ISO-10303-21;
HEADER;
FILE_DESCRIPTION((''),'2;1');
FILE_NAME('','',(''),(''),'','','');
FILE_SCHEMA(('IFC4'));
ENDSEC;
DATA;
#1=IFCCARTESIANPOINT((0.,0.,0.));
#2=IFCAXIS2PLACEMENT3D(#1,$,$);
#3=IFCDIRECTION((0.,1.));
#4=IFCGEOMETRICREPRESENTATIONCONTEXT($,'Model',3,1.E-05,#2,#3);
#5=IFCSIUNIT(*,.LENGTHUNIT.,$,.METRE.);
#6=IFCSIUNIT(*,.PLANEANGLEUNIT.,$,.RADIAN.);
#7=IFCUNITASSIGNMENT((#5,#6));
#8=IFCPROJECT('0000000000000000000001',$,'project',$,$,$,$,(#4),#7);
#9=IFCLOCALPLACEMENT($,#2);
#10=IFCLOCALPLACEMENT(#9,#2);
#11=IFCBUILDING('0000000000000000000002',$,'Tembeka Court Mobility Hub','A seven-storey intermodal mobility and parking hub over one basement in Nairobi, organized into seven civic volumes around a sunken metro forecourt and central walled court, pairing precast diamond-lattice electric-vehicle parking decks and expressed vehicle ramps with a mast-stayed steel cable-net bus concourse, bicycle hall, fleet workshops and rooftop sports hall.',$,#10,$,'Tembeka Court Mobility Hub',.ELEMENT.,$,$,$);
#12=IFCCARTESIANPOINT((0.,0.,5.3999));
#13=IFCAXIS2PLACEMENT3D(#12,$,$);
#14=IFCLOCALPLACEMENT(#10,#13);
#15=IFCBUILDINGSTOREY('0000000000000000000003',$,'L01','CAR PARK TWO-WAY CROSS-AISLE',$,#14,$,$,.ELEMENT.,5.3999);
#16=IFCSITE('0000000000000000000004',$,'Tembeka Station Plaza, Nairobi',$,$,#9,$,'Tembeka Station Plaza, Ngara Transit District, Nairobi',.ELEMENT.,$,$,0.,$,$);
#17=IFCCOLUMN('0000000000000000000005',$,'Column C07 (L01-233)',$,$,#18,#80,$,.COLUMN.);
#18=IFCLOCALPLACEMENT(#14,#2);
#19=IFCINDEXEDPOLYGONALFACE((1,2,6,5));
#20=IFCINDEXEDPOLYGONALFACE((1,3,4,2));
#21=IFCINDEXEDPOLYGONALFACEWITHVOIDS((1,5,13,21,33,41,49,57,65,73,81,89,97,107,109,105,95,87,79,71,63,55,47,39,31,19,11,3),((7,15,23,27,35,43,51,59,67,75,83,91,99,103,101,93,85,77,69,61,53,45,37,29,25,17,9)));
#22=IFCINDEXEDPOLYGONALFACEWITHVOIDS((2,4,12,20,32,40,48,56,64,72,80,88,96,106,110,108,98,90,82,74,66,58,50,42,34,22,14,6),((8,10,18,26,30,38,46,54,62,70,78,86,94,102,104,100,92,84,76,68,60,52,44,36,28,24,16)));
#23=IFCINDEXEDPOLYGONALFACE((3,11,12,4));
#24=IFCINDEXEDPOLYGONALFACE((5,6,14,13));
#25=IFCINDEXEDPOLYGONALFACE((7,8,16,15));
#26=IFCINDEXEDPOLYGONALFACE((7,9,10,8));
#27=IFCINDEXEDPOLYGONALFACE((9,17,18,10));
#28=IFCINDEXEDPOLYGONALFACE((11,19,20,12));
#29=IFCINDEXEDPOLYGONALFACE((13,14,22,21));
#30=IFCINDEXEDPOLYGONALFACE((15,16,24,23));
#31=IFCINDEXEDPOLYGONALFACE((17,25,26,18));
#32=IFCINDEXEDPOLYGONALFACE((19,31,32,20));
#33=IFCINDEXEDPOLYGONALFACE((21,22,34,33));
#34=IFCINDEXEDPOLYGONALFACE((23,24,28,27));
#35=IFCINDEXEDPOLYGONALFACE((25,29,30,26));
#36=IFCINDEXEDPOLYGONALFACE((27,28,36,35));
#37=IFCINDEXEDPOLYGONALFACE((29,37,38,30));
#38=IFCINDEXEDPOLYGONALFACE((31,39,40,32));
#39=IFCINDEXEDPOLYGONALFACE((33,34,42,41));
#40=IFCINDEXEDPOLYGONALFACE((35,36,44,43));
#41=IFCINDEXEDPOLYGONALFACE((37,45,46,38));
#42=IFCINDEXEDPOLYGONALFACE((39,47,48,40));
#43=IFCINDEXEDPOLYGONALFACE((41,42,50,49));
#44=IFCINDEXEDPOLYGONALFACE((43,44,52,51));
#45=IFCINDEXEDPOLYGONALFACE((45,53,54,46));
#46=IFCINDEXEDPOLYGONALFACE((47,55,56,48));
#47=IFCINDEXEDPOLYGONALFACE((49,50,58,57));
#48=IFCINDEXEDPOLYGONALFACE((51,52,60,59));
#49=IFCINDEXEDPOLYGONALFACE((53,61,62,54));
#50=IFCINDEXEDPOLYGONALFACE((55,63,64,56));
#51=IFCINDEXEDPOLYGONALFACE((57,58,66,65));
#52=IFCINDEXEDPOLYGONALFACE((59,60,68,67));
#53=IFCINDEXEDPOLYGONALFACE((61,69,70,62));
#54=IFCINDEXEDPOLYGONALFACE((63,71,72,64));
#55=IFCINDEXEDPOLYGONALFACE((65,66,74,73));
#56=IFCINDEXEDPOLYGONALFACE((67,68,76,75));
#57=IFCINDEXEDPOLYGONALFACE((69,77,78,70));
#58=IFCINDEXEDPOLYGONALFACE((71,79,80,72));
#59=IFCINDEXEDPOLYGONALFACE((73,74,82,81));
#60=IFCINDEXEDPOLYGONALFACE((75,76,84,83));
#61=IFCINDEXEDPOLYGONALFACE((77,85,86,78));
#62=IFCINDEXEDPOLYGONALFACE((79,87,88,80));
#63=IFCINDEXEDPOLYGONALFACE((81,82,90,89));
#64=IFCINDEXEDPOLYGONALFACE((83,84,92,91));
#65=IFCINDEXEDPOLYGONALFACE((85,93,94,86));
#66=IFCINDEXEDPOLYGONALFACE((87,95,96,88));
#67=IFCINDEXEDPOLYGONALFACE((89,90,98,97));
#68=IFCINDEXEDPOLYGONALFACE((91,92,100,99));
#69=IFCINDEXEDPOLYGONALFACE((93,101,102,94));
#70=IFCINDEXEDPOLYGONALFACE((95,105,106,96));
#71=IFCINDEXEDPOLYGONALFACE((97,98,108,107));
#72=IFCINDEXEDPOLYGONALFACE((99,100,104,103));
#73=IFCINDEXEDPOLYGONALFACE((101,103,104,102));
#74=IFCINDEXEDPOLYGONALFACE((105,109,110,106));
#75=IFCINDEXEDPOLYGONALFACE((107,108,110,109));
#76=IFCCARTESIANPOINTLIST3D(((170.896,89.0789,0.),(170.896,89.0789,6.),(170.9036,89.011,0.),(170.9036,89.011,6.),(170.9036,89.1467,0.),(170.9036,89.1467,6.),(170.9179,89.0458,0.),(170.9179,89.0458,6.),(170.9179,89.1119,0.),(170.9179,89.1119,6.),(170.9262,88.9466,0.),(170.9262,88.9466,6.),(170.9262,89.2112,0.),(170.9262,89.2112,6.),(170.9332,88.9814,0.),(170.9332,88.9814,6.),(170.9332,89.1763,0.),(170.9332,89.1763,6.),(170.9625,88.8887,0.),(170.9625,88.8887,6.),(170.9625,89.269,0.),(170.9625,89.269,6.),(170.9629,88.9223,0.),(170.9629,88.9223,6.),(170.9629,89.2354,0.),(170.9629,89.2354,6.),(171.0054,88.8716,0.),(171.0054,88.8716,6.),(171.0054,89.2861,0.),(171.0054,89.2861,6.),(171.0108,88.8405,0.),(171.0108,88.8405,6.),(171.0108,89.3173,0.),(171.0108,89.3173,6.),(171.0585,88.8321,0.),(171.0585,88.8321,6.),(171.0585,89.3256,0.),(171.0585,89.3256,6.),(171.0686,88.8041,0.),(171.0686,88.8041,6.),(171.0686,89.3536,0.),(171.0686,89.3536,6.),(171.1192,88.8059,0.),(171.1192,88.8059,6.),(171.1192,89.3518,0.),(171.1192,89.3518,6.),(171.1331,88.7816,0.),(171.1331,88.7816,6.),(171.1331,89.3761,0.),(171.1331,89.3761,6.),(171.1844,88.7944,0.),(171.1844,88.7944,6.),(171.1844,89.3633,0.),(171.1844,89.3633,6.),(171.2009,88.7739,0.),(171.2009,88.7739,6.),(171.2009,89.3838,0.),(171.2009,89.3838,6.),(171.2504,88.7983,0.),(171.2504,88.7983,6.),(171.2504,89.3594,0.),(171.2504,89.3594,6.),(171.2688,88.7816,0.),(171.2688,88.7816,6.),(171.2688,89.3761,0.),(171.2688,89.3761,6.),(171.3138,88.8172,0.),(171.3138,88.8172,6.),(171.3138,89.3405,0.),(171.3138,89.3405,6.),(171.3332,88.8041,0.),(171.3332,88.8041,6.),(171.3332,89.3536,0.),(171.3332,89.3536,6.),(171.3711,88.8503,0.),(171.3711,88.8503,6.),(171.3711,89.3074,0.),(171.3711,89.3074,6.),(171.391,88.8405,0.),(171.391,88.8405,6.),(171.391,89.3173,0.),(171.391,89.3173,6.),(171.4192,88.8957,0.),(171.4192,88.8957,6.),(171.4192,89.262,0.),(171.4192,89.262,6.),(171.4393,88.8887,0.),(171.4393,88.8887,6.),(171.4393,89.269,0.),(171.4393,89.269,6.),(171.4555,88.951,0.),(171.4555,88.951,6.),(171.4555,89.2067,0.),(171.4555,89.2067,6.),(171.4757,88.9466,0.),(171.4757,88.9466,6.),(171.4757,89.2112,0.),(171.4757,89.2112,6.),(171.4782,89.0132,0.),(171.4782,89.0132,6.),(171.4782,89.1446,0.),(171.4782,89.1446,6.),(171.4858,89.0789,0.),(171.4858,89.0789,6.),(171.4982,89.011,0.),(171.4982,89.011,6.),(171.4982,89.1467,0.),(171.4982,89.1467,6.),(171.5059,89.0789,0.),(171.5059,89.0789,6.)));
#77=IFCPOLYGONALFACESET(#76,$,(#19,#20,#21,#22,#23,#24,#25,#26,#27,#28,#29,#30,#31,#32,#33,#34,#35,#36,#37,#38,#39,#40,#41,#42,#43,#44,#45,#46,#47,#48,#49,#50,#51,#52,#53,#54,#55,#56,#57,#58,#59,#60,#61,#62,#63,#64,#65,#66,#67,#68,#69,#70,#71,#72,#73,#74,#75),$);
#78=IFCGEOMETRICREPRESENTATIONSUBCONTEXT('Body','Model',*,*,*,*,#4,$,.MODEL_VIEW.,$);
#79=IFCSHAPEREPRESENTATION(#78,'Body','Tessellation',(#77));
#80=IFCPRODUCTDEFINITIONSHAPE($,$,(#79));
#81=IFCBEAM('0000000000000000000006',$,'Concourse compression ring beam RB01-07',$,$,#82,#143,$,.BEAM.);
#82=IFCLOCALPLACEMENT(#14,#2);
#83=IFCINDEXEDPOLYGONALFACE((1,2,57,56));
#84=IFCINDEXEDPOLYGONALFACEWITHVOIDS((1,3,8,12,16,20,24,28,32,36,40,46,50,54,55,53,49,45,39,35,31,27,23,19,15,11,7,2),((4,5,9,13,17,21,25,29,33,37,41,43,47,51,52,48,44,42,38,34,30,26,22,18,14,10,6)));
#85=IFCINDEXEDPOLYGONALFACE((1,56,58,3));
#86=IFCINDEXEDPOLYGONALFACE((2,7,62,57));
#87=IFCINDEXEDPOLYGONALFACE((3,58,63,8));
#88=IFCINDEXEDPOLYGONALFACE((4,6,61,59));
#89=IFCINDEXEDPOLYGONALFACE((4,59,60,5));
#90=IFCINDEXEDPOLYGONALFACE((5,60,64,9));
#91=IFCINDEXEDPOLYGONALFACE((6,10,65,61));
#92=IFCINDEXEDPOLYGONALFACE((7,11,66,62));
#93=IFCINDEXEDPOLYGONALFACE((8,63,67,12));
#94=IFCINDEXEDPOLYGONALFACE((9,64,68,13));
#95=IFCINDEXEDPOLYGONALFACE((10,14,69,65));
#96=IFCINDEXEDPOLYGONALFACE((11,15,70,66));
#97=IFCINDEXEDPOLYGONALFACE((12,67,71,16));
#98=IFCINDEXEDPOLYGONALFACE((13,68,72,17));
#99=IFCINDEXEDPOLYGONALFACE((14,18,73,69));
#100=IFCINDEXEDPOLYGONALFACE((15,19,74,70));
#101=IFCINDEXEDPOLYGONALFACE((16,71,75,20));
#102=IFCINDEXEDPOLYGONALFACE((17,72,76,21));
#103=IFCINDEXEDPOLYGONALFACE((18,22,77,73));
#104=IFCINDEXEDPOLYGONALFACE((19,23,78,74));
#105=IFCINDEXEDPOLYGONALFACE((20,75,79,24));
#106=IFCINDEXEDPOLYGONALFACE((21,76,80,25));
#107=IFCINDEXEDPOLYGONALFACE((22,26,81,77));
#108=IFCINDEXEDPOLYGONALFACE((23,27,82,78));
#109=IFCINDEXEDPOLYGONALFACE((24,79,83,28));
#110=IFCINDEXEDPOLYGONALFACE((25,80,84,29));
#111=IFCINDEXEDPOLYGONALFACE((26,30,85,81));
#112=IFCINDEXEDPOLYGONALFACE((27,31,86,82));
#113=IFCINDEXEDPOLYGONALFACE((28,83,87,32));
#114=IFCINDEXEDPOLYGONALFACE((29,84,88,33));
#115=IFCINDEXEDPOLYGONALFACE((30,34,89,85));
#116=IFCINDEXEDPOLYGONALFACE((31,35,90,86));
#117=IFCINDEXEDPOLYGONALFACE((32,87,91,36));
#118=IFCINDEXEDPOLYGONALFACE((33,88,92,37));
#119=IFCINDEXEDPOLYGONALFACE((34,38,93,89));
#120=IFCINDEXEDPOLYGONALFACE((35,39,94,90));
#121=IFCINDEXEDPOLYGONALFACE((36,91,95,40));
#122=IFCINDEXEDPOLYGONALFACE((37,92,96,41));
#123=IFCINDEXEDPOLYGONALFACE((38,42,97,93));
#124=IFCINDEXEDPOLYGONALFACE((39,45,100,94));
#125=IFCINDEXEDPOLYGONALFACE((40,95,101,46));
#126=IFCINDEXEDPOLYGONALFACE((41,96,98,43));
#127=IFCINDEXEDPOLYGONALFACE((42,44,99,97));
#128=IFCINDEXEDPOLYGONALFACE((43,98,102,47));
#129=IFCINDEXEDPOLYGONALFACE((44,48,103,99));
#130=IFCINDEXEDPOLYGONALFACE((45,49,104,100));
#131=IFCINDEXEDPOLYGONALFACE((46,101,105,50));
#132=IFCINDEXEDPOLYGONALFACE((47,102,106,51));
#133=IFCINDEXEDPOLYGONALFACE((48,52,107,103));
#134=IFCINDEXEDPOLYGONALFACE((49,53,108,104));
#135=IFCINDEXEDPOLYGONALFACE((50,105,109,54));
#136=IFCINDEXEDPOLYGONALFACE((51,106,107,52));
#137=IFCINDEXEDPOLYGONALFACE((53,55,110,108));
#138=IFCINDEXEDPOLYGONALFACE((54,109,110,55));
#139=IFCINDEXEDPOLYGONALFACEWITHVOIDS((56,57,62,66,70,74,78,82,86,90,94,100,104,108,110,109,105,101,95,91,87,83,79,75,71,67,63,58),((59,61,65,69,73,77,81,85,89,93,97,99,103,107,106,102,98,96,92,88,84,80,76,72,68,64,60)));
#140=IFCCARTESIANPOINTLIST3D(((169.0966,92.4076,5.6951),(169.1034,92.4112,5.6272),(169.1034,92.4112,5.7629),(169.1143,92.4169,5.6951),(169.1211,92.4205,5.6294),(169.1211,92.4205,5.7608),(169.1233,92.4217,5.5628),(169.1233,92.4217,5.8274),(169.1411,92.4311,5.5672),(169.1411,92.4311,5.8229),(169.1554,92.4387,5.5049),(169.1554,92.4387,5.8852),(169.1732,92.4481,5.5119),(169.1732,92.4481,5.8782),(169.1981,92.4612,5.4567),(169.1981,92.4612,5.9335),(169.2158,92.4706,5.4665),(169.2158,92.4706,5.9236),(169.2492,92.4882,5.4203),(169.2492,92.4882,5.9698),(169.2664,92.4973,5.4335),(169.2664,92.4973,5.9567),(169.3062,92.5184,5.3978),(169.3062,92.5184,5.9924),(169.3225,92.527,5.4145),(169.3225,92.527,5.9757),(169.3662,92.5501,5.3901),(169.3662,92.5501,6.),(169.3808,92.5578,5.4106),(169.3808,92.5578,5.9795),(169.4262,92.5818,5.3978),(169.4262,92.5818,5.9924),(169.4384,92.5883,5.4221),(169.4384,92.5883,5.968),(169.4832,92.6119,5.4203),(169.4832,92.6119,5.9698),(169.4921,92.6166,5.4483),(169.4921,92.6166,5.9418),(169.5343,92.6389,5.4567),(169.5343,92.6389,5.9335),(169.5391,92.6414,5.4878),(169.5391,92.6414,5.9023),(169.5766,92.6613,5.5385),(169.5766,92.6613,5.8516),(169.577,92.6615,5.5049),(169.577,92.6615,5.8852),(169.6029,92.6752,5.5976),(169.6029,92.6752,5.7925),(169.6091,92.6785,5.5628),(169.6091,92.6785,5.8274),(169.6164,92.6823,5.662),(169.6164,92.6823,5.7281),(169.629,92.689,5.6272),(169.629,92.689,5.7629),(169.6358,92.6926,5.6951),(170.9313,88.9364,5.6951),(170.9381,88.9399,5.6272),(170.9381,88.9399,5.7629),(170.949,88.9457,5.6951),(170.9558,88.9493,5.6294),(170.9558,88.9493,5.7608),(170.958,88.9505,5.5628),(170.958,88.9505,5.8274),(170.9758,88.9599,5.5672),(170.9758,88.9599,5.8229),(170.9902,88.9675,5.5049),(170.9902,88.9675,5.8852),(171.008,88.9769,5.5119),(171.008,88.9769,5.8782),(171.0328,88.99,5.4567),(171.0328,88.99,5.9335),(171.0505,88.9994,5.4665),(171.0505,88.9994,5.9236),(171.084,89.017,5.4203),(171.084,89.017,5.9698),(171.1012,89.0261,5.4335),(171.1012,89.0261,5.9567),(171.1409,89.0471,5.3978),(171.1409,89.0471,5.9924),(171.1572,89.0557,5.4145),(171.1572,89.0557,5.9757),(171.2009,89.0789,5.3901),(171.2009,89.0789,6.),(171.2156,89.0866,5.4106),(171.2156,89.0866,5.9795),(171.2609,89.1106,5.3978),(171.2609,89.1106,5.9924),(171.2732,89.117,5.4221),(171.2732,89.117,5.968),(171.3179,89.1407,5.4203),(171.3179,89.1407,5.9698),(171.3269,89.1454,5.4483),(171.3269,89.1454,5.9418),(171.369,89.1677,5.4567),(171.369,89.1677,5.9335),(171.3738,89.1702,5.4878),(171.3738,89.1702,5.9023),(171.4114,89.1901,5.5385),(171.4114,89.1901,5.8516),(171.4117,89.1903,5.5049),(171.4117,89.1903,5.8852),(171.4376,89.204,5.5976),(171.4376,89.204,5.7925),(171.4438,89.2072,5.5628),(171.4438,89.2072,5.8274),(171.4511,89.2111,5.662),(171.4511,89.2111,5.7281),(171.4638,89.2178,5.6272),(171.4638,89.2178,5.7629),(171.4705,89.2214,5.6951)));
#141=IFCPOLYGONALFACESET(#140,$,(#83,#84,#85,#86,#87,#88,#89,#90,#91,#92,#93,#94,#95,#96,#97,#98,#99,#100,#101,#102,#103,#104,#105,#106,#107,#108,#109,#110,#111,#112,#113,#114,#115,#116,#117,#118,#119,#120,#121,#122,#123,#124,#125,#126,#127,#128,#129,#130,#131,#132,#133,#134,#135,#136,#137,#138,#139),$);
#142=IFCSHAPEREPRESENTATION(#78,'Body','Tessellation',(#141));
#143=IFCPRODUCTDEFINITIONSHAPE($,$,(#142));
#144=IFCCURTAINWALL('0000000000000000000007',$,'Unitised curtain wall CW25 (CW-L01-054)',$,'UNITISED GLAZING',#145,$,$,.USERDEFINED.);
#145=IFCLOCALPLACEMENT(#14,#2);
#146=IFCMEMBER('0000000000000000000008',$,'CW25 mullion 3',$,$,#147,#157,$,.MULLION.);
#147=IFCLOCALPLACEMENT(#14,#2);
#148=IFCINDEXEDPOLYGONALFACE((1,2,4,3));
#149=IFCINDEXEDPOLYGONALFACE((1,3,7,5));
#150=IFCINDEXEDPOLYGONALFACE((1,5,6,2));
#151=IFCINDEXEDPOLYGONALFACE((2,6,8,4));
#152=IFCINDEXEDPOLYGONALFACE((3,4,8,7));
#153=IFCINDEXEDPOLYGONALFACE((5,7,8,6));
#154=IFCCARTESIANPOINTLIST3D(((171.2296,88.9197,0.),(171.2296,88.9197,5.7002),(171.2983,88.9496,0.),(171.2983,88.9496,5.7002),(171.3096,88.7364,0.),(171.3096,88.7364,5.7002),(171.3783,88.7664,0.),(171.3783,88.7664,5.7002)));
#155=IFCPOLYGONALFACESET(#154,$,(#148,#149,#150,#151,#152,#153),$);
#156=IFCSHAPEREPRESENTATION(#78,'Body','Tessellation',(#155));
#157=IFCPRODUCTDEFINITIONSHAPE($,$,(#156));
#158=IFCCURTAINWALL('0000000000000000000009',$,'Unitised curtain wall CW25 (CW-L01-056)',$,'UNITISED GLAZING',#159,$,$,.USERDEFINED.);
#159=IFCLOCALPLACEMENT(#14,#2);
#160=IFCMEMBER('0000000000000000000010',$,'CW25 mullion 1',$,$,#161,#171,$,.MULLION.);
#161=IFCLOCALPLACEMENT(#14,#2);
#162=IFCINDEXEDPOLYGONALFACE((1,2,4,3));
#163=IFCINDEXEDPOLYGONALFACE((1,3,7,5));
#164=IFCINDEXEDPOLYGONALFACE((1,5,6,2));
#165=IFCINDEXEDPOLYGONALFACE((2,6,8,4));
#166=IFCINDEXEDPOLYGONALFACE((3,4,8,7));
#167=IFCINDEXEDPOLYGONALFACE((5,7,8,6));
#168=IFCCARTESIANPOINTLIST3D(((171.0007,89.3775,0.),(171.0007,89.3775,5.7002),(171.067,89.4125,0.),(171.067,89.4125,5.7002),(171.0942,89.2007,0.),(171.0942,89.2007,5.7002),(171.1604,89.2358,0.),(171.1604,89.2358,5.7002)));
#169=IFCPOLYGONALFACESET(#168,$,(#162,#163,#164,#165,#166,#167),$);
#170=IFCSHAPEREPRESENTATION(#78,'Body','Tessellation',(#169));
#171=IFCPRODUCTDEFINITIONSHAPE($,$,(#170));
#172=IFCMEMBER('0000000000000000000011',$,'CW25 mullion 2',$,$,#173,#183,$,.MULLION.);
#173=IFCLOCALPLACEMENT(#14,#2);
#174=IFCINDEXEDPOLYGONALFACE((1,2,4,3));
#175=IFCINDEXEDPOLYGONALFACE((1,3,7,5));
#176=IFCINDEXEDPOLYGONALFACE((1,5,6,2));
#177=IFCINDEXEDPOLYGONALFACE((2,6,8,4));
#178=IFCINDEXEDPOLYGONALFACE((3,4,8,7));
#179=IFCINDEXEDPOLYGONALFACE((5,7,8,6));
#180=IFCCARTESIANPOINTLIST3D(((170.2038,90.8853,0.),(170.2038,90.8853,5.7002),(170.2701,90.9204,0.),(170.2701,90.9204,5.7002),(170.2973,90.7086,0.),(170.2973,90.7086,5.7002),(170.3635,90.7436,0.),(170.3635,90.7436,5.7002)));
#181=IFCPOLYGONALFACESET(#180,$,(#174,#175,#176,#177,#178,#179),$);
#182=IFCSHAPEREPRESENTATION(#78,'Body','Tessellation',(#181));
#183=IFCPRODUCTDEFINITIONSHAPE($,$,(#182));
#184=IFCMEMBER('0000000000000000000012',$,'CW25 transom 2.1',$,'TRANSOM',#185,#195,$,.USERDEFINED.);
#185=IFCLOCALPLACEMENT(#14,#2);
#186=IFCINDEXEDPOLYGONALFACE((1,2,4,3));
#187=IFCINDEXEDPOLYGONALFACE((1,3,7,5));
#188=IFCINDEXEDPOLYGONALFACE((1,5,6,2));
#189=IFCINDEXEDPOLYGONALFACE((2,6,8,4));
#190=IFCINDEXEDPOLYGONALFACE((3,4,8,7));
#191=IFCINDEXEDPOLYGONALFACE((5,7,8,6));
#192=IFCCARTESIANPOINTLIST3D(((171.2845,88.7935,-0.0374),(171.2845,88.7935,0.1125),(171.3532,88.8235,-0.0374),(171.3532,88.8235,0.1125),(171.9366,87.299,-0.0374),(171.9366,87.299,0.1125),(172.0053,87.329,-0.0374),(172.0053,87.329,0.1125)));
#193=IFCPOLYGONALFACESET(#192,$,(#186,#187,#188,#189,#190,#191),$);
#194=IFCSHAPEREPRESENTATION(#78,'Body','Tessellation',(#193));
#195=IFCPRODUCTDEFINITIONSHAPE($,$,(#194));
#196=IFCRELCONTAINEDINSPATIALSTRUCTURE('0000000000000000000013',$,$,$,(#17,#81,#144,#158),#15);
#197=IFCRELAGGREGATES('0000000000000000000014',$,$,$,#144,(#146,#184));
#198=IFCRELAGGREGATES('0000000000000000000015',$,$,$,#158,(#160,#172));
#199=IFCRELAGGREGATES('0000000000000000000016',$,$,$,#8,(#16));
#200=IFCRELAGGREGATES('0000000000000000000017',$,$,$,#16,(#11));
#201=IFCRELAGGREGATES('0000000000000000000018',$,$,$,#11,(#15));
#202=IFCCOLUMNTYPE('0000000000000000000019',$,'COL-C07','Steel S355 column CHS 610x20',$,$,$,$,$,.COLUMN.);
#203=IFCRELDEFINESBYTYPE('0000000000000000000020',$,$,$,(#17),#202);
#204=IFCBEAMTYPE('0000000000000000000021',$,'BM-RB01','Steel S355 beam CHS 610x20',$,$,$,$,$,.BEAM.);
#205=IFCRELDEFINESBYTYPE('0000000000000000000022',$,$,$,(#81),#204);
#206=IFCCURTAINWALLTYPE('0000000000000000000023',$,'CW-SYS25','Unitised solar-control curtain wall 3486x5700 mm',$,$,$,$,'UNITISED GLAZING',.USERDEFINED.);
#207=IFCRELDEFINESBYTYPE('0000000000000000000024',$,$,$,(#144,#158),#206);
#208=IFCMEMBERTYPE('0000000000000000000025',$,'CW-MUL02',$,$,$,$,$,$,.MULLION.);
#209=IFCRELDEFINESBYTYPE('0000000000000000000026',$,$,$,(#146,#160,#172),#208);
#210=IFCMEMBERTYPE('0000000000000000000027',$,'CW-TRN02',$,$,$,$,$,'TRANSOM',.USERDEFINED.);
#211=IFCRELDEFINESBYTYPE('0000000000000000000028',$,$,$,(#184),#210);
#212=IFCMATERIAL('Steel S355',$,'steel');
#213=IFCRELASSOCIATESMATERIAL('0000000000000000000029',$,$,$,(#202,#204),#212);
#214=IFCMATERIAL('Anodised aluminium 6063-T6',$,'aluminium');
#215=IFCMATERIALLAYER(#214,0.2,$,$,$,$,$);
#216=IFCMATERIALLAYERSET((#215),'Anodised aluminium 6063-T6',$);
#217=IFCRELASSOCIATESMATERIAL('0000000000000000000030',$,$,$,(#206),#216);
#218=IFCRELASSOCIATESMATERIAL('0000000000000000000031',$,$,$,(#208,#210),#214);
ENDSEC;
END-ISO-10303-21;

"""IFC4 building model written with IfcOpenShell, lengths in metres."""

from ifc_helpers import new_model, si_unit, direction, frame, origin, origin_2d, place, context, subcontext, project, spatial, rectangle, hollow_circle, extrude, material, layer, layer_set, material_profile, profile_set, type_object, element, aggregate, save


model = new_model("IFC4")

# Units and contexts
model_context = context("Model", 3, precision=1e-05, world=origin(), true_north=direction((0.0, 1.0)))
body_context = subcontext(model_context, "Body", "Model", "MODEL_VIEW")
ifc_project = project(units=[si_unit("LENGTHUNIT", "METRE"), si_unit("PLANEANGLEUNIT", "RADIAN")], contexts=[model_context])

# Site, building, storey
site_placement = place(None, origin())
site = spatial("IfcSite", under=ifc_project, at=site_placement, Name="Tembeka Station Plaza, Nairobi", LongName="Tembeka Station Plaza, Ngara Transit District, Nairobi", CompositionType="ELEMENT", RefElevation=0.0)
building_placement = place(site_placement, origin())
building = spatial("IfcBuilding", under=site, at=building_placement, Name="Tembeka Court Mobility Hub", Description="A seven-storey intermodal mobility and parking hub over one basement in Nairobi, organized into seven civic volumes around a sunken metro forecourt and central walled court, pairing precast diamond-lattice electric-vehicle parking decks and expressed vehicle ramps with a mast-stayed steel cable-net bus concourse, bicycle hall, fleet workshops and rooftop sports hall.", LongName="Tembeka Court Mobility Hub", CompositionType="ELEMENT")
storey_placement = place(building_placement, frame((0.0, 0.0, 5.3999)))
storey = spatial("IfcBuildingStorey", under=building, at=storey_placement, Name="L01", Description="CAR PARK TWO-WAY CROSS-AISLE", CompositionType="ELEMENT", Elevation=5.3999)

# Column
ifc_material_1 = material(Name="Steel S355", Category="steel")
ifc_material_profile_1 = material_profile(ifc_material_1, hollow_circle(Radius=0.3049, WallThickness=0.02, at=origin_2d()), Name="CHS 610x20")
ifc_profile_set_1 = profile_set([ifc_material_profile_1], Name="Steel S355")
column_type = type_object("IfcColumnType", Name="COL-C07", Description="Steel S355 column CHS 610x20", PredefinedType="COLUMN", material=ifc_profile_set_1)
column_placement = place(storey_placement, frame((171.2009, 89.0789, 0.0), z_axis=(0.0, 0.0, 1.0), x_axis=(1.0, 0.0, 0.0)))
element("IfcColumn", 1, at=column_placement, inside=storey, type_object=column_type, Name="Column C07 (L01-233)", PredefinedType="COLUMN", context=body_context, shape_type="SweptSolid", body=[
    extrude(hollow_circle(Radius=0.3049, WallThickness=0.02, at=origin_2d()), origin(), (0.0, 0.0, 1.0), 6.0),
])

# Beam
ifc_material_profile_2 = material_profile(ifc_material_1, hollow_circle(Radius=0.3049, WallThickness=0.02, at=origin_2d()), Name="CHS 610x20")
ifc_profile_set_2 = profile_set([ifc_material_profile_2], Name="Steel S355")
beam_type = type_object("IfcBeamType", Name="BM-RB01", Description="Steel S355 beam CHS 610x20", PredefinedType="BEAM", material=ifc_profile_set_2)
beam_placement = place(storey_placement, frame((171.2009, 89.0789, 5.6951), z_axis=(-0.467296, 0.884101, 0.0), x_axis=(-0.884101, -0.467296, 0.0)))
element("IfcBeam", 2, at=beam_placement, inside=storey, type_object=beam_type, Name="Concourse compression ring beam RB01-07", PredefinedType="BEAM", context=body_context, shape_type="SweptSolid", body=[
    extrude(hollow_circle(Radius=0.3049, WallThickness=0.02, at=origin_2d()), origin(), (0.0, 0.0, 1.0), 3.9263),
])

# Curtain wall, member
ifc_material_2 = material(Name="Anodised aluminium 6063-T6", Category="aluminium")
ifc_layer_1 = layer(ifc_material_2, 0.2)
ifc_layer_set_1 = layer_set([ifc_layer_1], Name="Anodised aluminium 6063-T6")
curtain_wall_type = type_object("IfcCurtainWallType", Name="CW-SYS25", Description="Unitised solar-control curtain wall 3486x5700 mm", ElementType="UNITISED GLAZING", PredefinedType="USERDEFINED", material=ifc_layer_set_1)
curtain_wall_1_placement = place(storey_placement, origin())
curtain_wall_1 = element("IfcCurtainWall", 3, at=curtain_wall_1_placement, inside=storey, type_object=curtain_wall_type, Name="Unitised curtain wall CW25 (CW-L01-054)", ObjectType="UNITISED GLAZING", PredefinedType="USERDEFINED")
ifc_material_profile_3 = material_profile(ifc_material_2, rectangle(XDim=0.075, YDim=0.2, at=origin_2d()), Name="ALU-MUL 75x200")
ifc_profile_set_3 = profile_set([ifc_material_profile_3], Name="Anodised aluminium 6063-T6")
member_type_1 = type_object("IfcMemberType", Name="CW-MUL02", PredefinedType="MULLION", material=ifc_profile_set_3)
member_1_placement = place(storey_placement, frame((171.304, 88.843, 0.0), z_axis=(0.0, 0.0, 1.0), x_axis=(-0.916572, -0.399869, 0.0)))
member_1 = element("IfcMember", 4, at=member_1_placement, type_object=member_type_1, Name="CW25 mullion 3", PredefinedType="MULLION", context=body_context, shape_type="SweptSolid", body=[
    extrude(rectangle(XDim=0.075, YDim=0.2, at=origin_2d()), origin(), (0.0, 0.0, 1.0), 5.7002),
])

# Curtain wall, members
curtain_wall_2_placement = place(storey_placement, origin())
curtain_wall_2 = element("IfcCurtainWall", 5, at=curtain_wall_2_placement, inside=storey, type_object=curtain_wall_type, Name="Unitised curtain wall CW25 (CW-L01-056)", ObjectType="UNITISED GLAZING", PredefinedType="USERDEFINED")
member_2_placement = place(storey_placement, frame((171.0806, 89.3066, 0.0), z_axis=(0.0, 0.0, 1.0), x_axis=(-0.884108, -0.467283, 0.0)))
member_2 = element("IfcMember", 6, at=member_2_placement, type_object=member_type_1, Name="CW25 mullion 1", PredefinedType="MULLION", context=body_context, shape_type="SweptSolid", body=[
    extrude(rectangle(XDim=0.075, YDim=0.2, at=origin_2d()), origin(), (0.0, 0.0, 1.0), 5.7002),
])
member_3_placement = place(storey_placement, frame((170.2837, 90.8145, 0.0), z_axis=(0.0, 0.0, 1.0), x_axis=(-0.884108, -0.467283, 0.0)))
member_3 = element("IfcMember", 7, at=member_3_placement, type_object=member_type_1, Name="CW25 mullion 2", PredefinedType="MULLION", context=body_context, shape_type="SweptSolid", body=[
    extrude(rectangle(XDim=0.075, YDim=0.2, at=origin_2d()), origin(), (0.0, 0.0, 1.0), 5.7002),
])

# Member
ifc_material_profile_4 = material_profile(ifc_material_2, rectangle(XDim=0.075, YDim=0.1499, at=origin_2d()), Name="ALU-TRN 75x150")
ifc_profile_set_4 = profile_set([ifc_material_profile_4], Name="Anodised aluminium 6063-T6")
member_type_2 = type_object("IfcMemberType", Name="CW-TRN02", ElementType="TRANSOM", PredefinedType="USERDEFINED", material=ifc_profile_set_4)
member_4_placement = place(storey_placement, frame((171.9709, 87.314, 0.0376), z_axis=(-0.399892, 0.916562, 0.0), x_axis=(-0.916562, -0.399892, 0.0)))
member_4 = element("IfcMember", 8, at=member_4_placement, type_object=member_type_2, Name="CW25 transom 2.1", ObjectType="TRANSOM", PredefinedType="USERDEFINED", context=body_context, shape_type="SweptSolid", body=[
    extrude(rectangle(XDim=0.075, YDim=0.1499, at=origin_2d()), origin(), (0.0, 0.0, 1.0), 1.6306),
])

aggregate(curtain_wall_1, [member_1, member_4])
aggregate(curtain_wall_2, [member_2, member_3])

save(model, "model.ifc")
